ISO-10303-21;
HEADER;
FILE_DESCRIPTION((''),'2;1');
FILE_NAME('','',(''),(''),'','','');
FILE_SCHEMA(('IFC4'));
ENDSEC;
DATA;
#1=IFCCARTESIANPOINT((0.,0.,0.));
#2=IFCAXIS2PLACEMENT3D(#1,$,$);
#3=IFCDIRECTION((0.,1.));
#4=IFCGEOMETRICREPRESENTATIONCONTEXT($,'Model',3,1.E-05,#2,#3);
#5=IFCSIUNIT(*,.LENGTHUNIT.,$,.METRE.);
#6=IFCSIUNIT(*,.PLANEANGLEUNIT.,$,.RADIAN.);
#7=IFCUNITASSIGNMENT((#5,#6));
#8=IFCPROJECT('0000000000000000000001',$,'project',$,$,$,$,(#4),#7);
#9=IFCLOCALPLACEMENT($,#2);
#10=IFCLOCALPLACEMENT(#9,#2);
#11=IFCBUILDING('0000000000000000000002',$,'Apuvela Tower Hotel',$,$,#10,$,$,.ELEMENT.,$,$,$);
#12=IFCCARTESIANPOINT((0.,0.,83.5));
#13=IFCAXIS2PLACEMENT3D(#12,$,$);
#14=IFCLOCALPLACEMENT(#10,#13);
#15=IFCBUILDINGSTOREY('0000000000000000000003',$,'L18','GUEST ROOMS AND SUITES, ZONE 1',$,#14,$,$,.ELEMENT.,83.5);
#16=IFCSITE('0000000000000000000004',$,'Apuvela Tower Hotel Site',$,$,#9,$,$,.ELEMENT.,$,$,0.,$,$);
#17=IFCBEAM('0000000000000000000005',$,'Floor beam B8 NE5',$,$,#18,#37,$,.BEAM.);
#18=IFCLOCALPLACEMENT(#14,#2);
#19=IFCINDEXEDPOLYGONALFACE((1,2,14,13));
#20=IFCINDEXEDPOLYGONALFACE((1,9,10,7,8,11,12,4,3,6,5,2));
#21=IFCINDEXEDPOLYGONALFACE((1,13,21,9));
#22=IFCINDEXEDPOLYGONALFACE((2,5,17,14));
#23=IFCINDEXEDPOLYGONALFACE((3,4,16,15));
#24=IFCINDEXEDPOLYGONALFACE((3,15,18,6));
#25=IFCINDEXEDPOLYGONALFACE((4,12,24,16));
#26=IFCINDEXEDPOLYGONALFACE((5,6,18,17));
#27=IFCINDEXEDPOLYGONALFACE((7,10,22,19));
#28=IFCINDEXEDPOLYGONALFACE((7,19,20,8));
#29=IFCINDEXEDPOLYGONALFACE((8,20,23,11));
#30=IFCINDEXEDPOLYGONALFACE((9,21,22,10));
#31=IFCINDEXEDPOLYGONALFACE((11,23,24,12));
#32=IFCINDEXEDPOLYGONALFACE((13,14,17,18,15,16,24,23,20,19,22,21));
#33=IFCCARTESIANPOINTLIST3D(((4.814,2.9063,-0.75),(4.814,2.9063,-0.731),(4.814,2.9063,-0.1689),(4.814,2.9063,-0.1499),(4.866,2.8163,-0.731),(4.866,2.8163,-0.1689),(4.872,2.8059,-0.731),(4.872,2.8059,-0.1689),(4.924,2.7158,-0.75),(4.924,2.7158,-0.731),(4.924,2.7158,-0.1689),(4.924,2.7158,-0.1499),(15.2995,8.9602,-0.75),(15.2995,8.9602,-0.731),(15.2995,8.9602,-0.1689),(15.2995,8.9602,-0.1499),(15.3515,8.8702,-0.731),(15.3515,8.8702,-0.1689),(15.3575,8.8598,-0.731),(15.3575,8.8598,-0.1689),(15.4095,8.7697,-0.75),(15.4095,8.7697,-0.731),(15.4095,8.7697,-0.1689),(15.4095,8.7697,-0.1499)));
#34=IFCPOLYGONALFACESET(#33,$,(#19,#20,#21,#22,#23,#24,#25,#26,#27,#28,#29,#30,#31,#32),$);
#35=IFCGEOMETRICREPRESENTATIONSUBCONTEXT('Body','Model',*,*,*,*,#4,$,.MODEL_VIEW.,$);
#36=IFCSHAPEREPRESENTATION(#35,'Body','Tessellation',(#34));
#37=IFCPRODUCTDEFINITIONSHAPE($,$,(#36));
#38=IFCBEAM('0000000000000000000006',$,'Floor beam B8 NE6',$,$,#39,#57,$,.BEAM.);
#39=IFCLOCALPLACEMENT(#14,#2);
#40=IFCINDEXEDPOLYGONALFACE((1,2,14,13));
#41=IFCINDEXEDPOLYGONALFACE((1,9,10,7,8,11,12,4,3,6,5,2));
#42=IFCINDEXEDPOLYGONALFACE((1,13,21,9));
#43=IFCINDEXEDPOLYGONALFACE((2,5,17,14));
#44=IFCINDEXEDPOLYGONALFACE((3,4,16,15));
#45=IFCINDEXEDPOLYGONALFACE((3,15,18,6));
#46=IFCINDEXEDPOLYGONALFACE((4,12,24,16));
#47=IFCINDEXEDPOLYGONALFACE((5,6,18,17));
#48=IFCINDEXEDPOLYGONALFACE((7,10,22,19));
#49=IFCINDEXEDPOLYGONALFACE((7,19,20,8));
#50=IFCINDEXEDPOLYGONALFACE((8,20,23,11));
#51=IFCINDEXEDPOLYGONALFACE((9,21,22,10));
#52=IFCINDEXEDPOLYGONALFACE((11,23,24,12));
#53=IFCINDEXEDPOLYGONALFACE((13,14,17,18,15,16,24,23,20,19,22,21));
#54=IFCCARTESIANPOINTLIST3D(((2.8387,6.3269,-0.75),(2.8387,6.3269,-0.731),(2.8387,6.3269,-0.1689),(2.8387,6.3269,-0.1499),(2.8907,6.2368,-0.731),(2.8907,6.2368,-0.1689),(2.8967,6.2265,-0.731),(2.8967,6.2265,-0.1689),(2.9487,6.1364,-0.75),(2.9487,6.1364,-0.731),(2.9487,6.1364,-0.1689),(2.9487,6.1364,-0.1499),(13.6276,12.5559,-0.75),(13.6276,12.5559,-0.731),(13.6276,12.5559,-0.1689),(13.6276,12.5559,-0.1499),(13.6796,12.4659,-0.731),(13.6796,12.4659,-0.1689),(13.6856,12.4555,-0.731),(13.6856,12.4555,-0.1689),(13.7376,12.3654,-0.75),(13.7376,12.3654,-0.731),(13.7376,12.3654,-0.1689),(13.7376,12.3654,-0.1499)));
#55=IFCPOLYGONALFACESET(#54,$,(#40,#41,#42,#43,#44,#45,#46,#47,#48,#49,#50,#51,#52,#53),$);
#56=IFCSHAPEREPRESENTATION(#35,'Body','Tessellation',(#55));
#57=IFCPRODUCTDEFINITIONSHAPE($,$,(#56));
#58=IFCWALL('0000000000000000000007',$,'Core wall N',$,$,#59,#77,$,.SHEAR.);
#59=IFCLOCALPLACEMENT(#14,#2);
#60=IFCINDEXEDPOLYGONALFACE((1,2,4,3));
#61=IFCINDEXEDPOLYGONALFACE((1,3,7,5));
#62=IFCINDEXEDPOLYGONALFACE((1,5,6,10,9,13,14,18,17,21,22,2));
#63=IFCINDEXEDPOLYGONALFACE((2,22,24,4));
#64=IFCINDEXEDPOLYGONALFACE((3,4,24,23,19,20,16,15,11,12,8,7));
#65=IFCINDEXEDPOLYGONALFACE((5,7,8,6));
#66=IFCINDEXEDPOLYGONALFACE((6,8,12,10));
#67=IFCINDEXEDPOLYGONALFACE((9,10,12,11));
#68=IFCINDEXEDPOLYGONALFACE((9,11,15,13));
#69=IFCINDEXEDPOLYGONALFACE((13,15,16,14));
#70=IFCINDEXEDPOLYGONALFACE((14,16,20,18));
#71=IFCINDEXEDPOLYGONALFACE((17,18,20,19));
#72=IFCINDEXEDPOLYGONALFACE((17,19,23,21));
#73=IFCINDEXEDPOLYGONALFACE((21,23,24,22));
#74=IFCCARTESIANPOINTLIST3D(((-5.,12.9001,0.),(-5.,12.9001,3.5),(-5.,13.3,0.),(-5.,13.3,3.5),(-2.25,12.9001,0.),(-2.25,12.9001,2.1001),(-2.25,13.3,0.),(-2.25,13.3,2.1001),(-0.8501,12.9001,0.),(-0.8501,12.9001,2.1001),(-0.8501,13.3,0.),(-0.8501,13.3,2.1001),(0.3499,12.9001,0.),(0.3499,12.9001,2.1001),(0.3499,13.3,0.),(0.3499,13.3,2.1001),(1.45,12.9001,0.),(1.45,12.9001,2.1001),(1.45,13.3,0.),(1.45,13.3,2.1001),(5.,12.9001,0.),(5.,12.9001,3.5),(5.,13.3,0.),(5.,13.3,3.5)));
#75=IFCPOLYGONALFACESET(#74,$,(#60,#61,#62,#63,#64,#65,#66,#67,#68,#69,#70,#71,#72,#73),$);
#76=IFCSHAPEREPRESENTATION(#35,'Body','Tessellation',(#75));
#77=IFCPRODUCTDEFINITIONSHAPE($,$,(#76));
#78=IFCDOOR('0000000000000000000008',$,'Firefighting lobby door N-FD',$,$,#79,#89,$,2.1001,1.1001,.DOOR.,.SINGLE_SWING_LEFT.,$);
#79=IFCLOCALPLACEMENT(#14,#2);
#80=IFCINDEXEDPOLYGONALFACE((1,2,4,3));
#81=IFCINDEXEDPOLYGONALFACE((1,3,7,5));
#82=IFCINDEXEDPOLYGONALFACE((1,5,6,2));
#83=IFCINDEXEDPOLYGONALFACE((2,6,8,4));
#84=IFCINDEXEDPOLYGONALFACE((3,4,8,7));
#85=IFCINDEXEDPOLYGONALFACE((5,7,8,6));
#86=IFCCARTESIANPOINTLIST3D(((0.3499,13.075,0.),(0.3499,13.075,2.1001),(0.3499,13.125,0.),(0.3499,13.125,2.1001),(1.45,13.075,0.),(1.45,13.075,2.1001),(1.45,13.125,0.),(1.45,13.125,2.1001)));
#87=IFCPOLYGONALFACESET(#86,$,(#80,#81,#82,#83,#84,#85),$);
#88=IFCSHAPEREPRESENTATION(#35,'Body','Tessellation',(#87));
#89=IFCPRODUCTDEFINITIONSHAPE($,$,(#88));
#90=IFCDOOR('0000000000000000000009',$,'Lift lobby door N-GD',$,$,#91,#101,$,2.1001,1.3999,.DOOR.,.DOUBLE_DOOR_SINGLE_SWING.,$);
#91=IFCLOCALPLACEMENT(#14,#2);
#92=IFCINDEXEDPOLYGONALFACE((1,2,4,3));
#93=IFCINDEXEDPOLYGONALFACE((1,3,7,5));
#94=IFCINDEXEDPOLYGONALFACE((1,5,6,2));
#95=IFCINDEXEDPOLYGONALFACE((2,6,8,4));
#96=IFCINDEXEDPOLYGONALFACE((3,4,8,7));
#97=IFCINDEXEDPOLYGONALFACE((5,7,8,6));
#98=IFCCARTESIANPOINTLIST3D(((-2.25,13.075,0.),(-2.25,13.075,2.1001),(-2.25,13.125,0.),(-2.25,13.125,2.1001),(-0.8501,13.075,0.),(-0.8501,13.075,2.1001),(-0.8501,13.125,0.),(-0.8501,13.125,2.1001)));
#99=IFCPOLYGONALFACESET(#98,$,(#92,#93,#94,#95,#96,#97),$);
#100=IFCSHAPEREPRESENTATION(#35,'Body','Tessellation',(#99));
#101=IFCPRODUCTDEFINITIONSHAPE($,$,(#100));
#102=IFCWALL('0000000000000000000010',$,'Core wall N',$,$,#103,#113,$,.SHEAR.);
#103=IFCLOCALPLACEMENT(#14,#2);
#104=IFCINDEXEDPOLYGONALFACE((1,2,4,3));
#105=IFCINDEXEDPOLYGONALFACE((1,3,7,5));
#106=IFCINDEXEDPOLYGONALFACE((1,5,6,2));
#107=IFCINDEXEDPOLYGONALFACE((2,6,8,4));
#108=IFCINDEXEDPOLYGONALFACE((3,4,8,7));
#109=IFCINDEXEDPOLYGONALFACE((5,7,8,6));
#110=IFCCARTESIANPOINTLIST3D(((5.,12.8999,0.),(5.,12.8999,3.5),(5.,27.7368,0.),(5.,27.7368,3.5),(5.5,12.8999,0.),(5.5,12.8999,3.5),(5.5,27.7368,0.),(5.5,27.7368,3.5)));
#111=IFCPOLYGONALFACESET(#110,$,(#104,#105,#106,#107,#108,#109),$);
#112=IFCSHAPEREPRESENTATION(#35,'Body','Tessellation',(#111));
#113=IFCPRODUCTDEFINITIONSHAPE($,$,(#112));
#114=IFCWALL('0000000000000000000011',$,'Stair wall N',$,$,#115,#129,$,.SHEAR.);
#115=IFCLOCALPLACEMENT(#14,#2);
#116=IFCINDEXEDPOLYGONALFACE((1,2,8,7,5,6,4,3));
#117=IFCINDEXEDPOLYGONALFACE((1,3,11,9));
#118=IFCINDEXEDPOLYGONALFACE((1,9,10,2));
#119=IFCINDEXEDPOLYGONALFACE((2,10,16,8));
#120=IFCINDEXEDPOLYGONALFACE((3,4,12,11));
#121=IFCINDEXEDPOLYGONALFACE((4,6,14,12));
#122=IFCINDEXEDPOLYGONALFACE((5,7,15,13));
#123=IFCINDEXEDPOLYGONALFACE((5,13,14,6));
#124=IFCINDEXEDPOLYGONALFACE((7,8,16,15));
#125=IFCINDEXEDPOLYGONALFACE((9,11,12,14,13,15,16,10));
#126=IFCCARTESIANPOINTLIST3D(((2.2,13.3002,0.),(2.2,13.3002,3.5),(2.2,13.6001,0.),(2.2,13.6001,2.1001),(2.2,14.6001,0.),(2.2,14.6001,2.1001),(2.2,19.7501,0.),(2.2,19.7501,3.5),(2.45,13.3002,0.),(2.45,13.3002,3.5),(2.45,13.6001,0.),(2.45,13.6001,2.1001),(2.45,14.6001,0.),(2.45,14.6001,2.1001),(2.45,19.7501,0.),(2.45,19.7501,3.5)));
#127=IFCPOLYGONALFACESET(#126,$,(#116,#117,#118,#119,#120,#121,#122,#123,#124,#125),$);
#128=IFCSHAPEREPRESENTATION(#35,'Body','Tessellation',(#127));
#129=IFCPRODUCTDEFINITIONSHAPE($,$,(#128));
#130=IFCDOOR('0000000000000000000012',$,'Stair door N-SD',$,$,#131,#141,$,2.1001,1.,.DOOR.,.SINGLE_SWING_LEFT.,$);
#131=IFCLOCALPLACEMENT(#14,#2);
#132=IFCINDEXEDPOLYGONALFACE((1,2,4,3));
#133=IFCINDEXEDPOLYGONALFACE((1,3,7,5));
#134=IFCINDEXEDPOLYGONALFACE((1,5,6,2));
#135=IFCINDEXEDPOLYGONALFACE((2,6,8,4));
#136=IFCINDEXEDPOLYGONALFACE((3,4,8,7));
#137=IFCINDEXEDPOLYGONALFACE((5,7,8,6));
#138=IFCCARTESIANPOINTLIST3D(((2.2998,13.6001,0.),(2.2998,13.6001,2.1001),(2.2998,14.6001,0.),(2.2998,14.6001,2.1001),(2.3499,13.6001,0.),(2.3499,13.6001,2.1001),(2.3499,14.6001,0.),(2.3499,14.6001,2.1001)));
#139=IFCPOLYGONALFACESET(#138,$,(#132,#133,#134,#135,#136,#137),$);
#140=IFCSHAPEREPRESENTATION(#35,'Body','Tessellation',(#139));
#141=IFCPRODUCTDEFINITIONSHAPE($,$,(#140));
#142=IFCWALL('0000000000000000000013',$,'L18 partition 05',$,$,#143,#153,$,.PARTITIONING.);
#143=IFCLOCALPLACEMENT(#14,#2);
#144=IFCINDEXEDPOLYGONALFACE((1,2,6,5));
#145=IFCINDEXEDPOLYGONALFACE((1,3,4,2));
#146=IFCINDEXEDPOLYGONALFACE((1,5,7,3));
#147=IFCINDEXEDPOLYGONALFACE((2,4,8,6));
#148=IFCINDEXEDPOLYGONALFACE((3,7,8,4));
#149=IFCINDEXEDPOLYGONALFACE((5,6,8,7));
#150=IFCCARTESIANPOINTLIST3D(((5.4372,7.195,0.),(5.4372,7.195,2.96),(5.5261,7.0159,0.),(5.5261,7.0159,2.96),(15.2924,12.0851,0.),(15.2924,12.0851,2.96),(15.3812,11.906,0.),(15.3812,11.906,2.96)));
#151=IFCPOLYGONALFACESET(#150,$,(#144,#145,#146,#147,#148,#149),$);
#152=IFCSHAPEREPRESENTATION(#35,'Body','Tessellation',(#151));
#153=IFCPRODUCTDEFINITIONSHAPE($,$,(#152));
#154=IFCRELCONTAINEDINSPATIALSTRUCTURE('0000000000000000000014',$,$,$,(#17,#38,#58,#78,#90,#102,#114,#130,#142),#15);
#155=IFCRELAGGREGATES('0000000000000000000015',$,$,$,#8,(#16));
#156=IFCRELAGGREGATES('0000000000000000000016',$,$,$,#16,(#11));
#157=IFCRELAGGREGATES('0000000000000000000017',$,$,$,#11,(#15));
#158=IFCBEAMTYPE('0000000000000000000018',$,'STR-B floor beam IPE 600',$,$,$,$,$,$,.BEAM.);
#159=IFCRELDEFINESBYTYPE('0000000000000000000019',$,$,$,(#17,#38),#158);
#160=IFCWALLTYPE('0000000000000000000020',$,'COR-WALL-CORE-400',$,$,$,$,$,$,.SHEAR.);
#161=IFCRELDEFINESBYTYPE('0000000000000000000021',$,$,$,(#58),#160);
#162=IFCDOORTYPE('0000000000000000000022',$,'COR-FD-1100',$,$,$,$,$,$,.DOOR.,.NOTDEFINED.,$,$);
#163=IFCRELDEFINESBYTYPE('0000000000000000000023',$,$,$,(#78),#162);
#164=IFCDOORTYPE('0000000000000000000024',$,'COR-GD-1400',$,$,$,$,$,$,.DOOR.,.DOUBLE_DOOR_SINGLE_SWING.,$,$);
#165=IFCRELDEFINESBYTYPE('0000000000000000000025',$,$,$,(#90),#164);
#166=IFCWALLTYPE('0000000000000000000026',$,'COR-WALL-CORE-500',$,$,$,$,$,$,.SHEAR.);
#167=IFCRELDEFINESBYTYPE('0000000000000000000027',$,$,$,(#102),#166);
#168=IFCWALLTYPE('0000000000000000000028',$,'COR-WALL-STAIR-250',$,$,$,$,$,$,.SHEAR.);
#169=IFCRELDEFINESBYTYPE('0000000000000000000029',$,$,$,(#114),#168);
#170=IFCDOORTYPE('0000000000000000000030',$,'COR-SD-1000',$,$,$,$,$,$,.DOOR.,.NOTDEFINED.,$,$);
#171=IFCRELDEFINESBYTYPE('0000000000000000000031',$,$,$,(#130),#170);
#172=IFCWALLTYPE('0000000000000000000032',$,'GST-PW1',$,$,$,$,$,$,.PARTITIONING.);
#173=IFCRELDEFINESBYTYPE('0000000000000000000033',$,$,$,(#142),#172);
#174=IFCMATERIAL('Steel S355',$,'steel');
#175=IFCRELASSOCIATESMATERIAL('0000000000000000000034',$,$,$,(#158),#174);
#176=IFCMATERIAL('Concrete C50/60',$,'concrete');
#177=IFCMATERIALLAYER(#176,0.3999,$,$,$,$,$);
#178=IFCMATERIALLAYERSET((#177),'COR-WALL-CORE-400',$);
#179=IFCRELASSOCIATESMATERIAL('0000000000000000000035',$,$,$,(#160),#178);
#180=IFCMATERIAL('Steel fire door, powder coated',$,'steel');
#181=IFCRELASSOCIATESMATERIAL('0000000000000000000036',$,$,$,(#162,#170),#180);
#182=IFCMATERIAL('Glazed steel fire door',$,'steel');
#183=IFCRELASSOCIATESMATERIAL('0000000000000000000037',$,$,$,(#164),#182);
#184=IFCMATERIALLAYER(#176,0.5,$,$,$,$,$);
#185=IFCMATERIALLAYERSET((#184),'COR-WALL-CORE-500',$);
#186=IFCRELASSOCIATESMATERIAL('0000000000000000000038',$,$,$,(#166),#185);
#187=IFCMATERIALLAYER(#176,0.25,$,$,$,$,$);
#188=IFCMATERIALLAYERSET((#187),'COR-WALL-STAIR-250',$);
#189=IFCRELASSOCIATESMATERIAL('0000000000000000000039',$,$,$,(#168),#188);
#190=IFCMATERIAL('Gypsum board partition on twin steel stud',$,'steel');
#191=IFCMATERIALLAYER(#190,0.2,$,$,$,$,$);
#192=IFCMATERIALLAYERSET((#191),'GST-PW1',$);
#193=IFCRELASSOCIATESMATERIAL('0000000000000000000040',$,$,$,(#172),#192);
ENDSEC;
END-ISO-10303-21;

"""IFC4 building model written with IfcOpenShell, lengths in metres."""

from ifc_helpers import new_model, si_unit, direction, frame, frame_2d, origin, origin_2d, place, context, subcontext, project, spatial, rectangle, i_section, extrude, material, layer, layer_set, material_profile, profile_set, type_object, element, fill, save


model = new_model("IFC4")

# Units and contexts
model_context = context("Model", 3, precision=1e-05, world=origin(), true_north=direction((0.0, 1.0)))
body_context = subcontext(model_context, "Body", "Model", "MODEL_VIEW")
ifc_project = project(units=[si_unit("LENGTHUNIT", "METRE"), si_unit("PLANEANGLEUNIT", "RADIAN")], contexts=[model_context])

# Site, building, storey
site_placement = place(None, origin())
site = spatial("IfcSite", under=ifc_project, at=site_placement, Name="Apuvela Tower Hotel Site", CompositionType="ELEMENT", RefElevation=0.0)
building_placement = place(site_placement, origin())
building = spatial("IfcBuilding", under=site, at=building_placement, Name="Apuvela Tower Hotel", CompositionType="ELEMENT")
storey_placement = place(building_placement, frame((0.0, 0.0, 83.5)))
storey = spatial("IfcBuildingStorey", under=building, at=storey_placement, Name="L18", Description="GUEST ROOMS AND SUITES, ZONE 1", CompositionType="ELEMENT", Elevation=83.5)

# Beams
ifc_material_1 = material(Name="Steel S355", Category="steel")
ifc_material_profile = material_profile(ifc_material_1, i_section(OverallWidth=0.22, OverallDepth=0.6001, WebThickness=0.012, FlangeThickness=0.019, at=origin_2d()), Name="IPE 600")
ifc_profile_set = profile_set([ifc_material_profile], Name="Steel S355")
beam_type = type_object("IfcBeamType", Name="STR-B floor beam IPE 600", PredefinedType="BEAM", material=ifc_profile_set)
beam_1_placement = place(storey_placement, frame((15.3545, 8.865, -0.45), z_axis=(-0.866022, -0.500006, 0.0), x_axis=(0.500006, -0.866022, 0.0)))
element("IfcBeam", 1, at=beam_1_placement, inside=storey, type_object=beam_type, Name="Floor beam B8 NE5", PredefinedType="BEAM", context=body_context, shape_type="SweptSolid", body=[
    extrude(i_section(OverallWidth=0.22, OverallDepth=0.6001, WebThickness=0.012, FlangeThickness=0.019, at=origin_2d()), origin(), (0.0, 0.0, 1.0), 12.1077),
])
beam_2_placement = place(storey_placement, frame((13.6826, 12.4607, -0.45), z_axis=(-0.866023, -0.500005, 0.0), x_axis=(0.500005, -0.866023, 0.0)))
element("IfcBeam", 2, at=beam_2_placement, inside=storey, type_object=beam_type, Name="Floor beam B8 NE6", PredefinedType="BEAM", context=body_context, shape_type="SweptSolid", body=[
    extrude(i_section(OverallWidth=0.22, OverallDepth=0.6001, WebThickness=0.012, FlangeThickness=0.019, at=origin_2d()), origin(), (0.0, 0.0, 1.0), 12.458),
])

# Wall, openings, doors
ifc_material_2 = material(Name="Concrete C50/60", Category="concrete")
ifc_layer_1 = layer(ifc_material_2, 0.3999)
ifc_layer_set_1 = layer_set([ifc_layer_1], Name="COR-WALL-CORE-400")
wall_type_1 = type_object("IfcWallType", Name="COR-WALL-CORE-400", PredefinedType="SHEAR", material=ifc_layer_set_1)
wall_1_placement = place(storey_placement, frame((5.0, 13.1001, 0.0), z_axis=(0.0, 0.0, 1.0), x_axis=(-1.0, 0.0, 0.0)))
wall_1 = element("IfcWall", 3, at=wall_1_placement, inside=storey, type_object=wall_type_1, Name="Core wall N", PredefinedType="SHEAR", context=body_context, shape_type="SweptSolid", body=[
    extrude(rectangle(XDim=10.0, YDim=0.3999, at=frame_2d((5.0, 0.0))), origin(), (0.0, 0.0, 1.0), 3.5),
])
opening_1_placement = place(wall_1_placement, frame((3.55, 0.0, 0.0)))
opening_1 = element("IfcOpeningElement", 4, at=opening_1_placement, cuts=wall_1, PredefinedType="OPENING", context=body_context, shape_type="SweptSolid", body=[
    extrude(rectangle(XDim=1.1001, YDim=2.1001, at=frame_2d((0.55, 1.05))), frame((0.0, 0.21, 0.0), z_axis=(0.0, -1.0, 0.0), x_axis=(1.0, 0.0, 0.0)), (0.0, 0.0, 1.0), 0.4199),
])
opening_2_placement = place(wall_1_placement, frame((5.8501, 0.0, 0.0)))
opening_2 = element("IfcOpeningElement", 5, at=opening_2_placement, cuts=wall_1, PredefinedType="OPENING", context=body_context, shape_type="SweptSolid", body=[
    extrude(rectangle(XDim=1.3999, YDim=2.1001, at=frame_2d((0.7, 1.05))), frame((0.0, 0.21, 0.0), z_axis=(0.0, -1.0, 0.0), x_axis=(1.0, 0.0, 0.0)), (0.0, 0.0, 1.0), 0.4199),
])
ifc_material_3 = material(Name="Steel fire door, powder coated", Category="steel")
door_type_1 = type_object("IfcDoorType", Name="COR-FD-1100", OperationType="NOTDEFINED", PredefinedType="DOOR", material=ifc_material_3)
door_1_placement = place(opening_1_placement, frame((1.1001, 0.0, 0.0), z_axis=(0.0, 0.0, 1.0), x_axis=(-1.0, 0.0, 0.0)))
door_1 = element("IfcDoor", 6, at=door_1_placement, inside=storey, type_object=door_type_1, Name="Firefighting lobby door N-FD", OperationType="SINGLE_SWING_LEFT", OverallHeight=2.1001, OverallWidth=1.1001, PredefinedType="DOOR", context=body_context, shape_type="SweptSolid", body=[
    extrude(rectangle(XDim=1.1001, YDim=2.1001, at=frame_2d((0.55, 1.05))), frame((0.0, 0.0249, 0.0), z_axis=(0.0, -1.0, 0.0), x_axis=(1.0, 0.0, 0.0)), (0.0, 0.0, 1.0), 0.05),
])
fill(opening_1, door_1)
ifc_material_4 = material(Name="Glazed steel fire door", Category="steel")
door_type_2 = type_object("IfcDoorType", Name="COR-GD-1400", OperationType="DOUBLE_DOOR_SINGLE_SWING", PredefinedType="DOOR", material=ifc_material_4)
door_2_placement = place(opening_2_placement, frame((1.3999, 0.0, 0.0), z_axis=(0.0, 0.0, 1.0), x_axis=(-1.0, 0.0, 0.0)))
door_2 = element("IfcDoor", 7, at=door_2_placement, inside=storey, type_object=door_type_2, Name="Lift lobby door N-GD", OperationType="DOUBLE_DOOR_SINGLE_SWING", OverallHeight=2.1001, OverallWidth=1.3999, PredefinedType="DOOR", context=body_context, shape_type="SweptSolid", body=[
    extrude(rectangle(XDim=1.3999, YDim=2.1001, at=frame_2d((0.7, 1.05))), frame((0.0, 0.0249, 0.0), z_axis=(0.0, -1.0, 0.0), x_axis=(1.0, 0.0, 0.0)), (0.0, 0.0, 1.0), 0.05),
])
fill(opening_2, door_2)

# Wall
ifc_layer_2 = layer(ifc_material_2, 0.5)
ifc_layer_set_2 = layer_set([ifc_layer_2], Name="COR-WALL-CORE-500")
wall_type_2 = type_object("IfcWallType", Name="COR-WALL-CORE-500", PredefinedType="SHEAR", material=ifc_layer_set_2)
wall_2_placement = place(storey_placement, frame((5.25, 12.8999, 0.0), z_axis=(0.0, 0.0, 1.0), x_axis=(0.0, 1.0, 0.0)))
element("IfcWall", 8, at=wall_2_placement, inside=storey, type_object=wall_type_2, Name="Core wall N", PredefinedType="SHEAR", context=body_context, shape_type="SweptSolid", body=[
    extrude(rectangle(XDim=14.8369, YDim=0.5, at=frame_2d((7.4185, 0.0))), origin(), (0.0, 0.0, 1.0), 3.5),
])

# Wall, opening, door
ifc_layer_3 = layer(ifc_material_2, 0.25)
ifc_layer_set_3 = layer_set([ifc_layer_3], Name="COR-WALL-STAIR-250")
wall_type_3 = type_object("IfcWallType", Name="COR-WALL-STAIR-250", PredefinedType="SHEAR", material=ifc_layer_set_3)
wall_3_placement = place(storey_placement, frame((2.325, 13.3, 0.0), z_axis=(0.0, 0.0, 1.0), x_axis=(0.0, 1.0, 0.0)))
wall_3 = element("IfcWall", 9, at=wall_3_placement, inside=storey, type_object=wall_type_3, Name="Stair wall N", PredefinedType="SHEAR", context=body_context, shape_type="SweptSolid", body=[
    extrude(rectangle(XDim=6.45, YDim=0.25, at=frame_2d((3.2251, 0.0))), origin(), (0.0, 0.0, 1.0), 3.5),
])
opening_3_placement = place(wall_3_placement, frame((0.3, 0.0, 0.0)))
opening_3 = element("IfcOpeningElement", 10, at=opening_3_placement, cuts=wall_3, PredefinedType="OPENING", context=body_context, shape_type="SweptSolid", body=[
    extrude(rectangle(XDim=1.0, YDim=2.1001, at=frame_2d((0.5, 1.05))), frame((0.0, 0.135, 0.0), z_axis=(0.0, -1.0, 0.0), x_axis=(1.0, 0.0, 0.0)), (0.0, 0.0, 1.0), 0.27),
])
door_type_3 = type_object("IfcDoorType", Name="COR-SD-1000", OperationType="NOTDEFINED", PredefinedType="DOOR", material=ifc_material_3)
door_3_placement = place(opening_3_placement, frame((1.0, 0.0, 0.0), z_axis=(0.0, 0.0, 1.0), x_axis=(-1.0, 0.0, 0.0)))
door_3 = element("IfcDoor", 11, at=door_3_placement, inside=storey, type_object=door_type_3, Name="Stair door N-SD", OperationType="SINGLE_SWING_LEFT", OverallHeight=2.1001, OverallWidth=1.0, PredefinedType="DOOR", context=body_context, shape_type="SweptSolid", body=[
    extrude(rectangle(XDim=1.0, YDim=2.1001, at=frame_2d((0.5, 1.05))), frame((0.0, 0.0249, 0.0), z_axis=(0.0, -1.0, 0.0), x_axis=(1.0, 0.0, 0.0)), (0.0, 0.0, 1.0), 0.05),
])
fill(opening_3, door_3)

# Wall
ifc_material_5 = material(Name="Gypsum board partition on twin steel stud", Category="steel")
ifc_layer_4 = layer(ifc_material_5, 0.2)
ifc_layer_set_4 = layer_set([ifc_layer_4], Name="GST-PW1")
wall_type_4 = type_object("IfcWallType", Name="GST-PW1", PredefinedType="PARTITIONING", material=ifc_layer_set_4)
wall_4_placement = place(storey_placement, frame((15.3369, 11.9956, 0.0), z_axis=(0.0, 0.0, 1.0), x_axis=(-0.895786, -0.444486, 0.0)))
element("IfcWall", 12, at=wall_4_placement, inside=storey, type_object=wall_type_4, Name="L18 partition 05", PredefinedType="PARTITIONING", context=body_context, shape_type="SweptSolid", body=[
    extrude(rectangle(XDim=11.0017, YDim=0.2, at=frame_2d((5.501, 0.0))), origin(), (0.0, 0.0, 1.0), 2.96),
])

save(model, "model.ifc")
